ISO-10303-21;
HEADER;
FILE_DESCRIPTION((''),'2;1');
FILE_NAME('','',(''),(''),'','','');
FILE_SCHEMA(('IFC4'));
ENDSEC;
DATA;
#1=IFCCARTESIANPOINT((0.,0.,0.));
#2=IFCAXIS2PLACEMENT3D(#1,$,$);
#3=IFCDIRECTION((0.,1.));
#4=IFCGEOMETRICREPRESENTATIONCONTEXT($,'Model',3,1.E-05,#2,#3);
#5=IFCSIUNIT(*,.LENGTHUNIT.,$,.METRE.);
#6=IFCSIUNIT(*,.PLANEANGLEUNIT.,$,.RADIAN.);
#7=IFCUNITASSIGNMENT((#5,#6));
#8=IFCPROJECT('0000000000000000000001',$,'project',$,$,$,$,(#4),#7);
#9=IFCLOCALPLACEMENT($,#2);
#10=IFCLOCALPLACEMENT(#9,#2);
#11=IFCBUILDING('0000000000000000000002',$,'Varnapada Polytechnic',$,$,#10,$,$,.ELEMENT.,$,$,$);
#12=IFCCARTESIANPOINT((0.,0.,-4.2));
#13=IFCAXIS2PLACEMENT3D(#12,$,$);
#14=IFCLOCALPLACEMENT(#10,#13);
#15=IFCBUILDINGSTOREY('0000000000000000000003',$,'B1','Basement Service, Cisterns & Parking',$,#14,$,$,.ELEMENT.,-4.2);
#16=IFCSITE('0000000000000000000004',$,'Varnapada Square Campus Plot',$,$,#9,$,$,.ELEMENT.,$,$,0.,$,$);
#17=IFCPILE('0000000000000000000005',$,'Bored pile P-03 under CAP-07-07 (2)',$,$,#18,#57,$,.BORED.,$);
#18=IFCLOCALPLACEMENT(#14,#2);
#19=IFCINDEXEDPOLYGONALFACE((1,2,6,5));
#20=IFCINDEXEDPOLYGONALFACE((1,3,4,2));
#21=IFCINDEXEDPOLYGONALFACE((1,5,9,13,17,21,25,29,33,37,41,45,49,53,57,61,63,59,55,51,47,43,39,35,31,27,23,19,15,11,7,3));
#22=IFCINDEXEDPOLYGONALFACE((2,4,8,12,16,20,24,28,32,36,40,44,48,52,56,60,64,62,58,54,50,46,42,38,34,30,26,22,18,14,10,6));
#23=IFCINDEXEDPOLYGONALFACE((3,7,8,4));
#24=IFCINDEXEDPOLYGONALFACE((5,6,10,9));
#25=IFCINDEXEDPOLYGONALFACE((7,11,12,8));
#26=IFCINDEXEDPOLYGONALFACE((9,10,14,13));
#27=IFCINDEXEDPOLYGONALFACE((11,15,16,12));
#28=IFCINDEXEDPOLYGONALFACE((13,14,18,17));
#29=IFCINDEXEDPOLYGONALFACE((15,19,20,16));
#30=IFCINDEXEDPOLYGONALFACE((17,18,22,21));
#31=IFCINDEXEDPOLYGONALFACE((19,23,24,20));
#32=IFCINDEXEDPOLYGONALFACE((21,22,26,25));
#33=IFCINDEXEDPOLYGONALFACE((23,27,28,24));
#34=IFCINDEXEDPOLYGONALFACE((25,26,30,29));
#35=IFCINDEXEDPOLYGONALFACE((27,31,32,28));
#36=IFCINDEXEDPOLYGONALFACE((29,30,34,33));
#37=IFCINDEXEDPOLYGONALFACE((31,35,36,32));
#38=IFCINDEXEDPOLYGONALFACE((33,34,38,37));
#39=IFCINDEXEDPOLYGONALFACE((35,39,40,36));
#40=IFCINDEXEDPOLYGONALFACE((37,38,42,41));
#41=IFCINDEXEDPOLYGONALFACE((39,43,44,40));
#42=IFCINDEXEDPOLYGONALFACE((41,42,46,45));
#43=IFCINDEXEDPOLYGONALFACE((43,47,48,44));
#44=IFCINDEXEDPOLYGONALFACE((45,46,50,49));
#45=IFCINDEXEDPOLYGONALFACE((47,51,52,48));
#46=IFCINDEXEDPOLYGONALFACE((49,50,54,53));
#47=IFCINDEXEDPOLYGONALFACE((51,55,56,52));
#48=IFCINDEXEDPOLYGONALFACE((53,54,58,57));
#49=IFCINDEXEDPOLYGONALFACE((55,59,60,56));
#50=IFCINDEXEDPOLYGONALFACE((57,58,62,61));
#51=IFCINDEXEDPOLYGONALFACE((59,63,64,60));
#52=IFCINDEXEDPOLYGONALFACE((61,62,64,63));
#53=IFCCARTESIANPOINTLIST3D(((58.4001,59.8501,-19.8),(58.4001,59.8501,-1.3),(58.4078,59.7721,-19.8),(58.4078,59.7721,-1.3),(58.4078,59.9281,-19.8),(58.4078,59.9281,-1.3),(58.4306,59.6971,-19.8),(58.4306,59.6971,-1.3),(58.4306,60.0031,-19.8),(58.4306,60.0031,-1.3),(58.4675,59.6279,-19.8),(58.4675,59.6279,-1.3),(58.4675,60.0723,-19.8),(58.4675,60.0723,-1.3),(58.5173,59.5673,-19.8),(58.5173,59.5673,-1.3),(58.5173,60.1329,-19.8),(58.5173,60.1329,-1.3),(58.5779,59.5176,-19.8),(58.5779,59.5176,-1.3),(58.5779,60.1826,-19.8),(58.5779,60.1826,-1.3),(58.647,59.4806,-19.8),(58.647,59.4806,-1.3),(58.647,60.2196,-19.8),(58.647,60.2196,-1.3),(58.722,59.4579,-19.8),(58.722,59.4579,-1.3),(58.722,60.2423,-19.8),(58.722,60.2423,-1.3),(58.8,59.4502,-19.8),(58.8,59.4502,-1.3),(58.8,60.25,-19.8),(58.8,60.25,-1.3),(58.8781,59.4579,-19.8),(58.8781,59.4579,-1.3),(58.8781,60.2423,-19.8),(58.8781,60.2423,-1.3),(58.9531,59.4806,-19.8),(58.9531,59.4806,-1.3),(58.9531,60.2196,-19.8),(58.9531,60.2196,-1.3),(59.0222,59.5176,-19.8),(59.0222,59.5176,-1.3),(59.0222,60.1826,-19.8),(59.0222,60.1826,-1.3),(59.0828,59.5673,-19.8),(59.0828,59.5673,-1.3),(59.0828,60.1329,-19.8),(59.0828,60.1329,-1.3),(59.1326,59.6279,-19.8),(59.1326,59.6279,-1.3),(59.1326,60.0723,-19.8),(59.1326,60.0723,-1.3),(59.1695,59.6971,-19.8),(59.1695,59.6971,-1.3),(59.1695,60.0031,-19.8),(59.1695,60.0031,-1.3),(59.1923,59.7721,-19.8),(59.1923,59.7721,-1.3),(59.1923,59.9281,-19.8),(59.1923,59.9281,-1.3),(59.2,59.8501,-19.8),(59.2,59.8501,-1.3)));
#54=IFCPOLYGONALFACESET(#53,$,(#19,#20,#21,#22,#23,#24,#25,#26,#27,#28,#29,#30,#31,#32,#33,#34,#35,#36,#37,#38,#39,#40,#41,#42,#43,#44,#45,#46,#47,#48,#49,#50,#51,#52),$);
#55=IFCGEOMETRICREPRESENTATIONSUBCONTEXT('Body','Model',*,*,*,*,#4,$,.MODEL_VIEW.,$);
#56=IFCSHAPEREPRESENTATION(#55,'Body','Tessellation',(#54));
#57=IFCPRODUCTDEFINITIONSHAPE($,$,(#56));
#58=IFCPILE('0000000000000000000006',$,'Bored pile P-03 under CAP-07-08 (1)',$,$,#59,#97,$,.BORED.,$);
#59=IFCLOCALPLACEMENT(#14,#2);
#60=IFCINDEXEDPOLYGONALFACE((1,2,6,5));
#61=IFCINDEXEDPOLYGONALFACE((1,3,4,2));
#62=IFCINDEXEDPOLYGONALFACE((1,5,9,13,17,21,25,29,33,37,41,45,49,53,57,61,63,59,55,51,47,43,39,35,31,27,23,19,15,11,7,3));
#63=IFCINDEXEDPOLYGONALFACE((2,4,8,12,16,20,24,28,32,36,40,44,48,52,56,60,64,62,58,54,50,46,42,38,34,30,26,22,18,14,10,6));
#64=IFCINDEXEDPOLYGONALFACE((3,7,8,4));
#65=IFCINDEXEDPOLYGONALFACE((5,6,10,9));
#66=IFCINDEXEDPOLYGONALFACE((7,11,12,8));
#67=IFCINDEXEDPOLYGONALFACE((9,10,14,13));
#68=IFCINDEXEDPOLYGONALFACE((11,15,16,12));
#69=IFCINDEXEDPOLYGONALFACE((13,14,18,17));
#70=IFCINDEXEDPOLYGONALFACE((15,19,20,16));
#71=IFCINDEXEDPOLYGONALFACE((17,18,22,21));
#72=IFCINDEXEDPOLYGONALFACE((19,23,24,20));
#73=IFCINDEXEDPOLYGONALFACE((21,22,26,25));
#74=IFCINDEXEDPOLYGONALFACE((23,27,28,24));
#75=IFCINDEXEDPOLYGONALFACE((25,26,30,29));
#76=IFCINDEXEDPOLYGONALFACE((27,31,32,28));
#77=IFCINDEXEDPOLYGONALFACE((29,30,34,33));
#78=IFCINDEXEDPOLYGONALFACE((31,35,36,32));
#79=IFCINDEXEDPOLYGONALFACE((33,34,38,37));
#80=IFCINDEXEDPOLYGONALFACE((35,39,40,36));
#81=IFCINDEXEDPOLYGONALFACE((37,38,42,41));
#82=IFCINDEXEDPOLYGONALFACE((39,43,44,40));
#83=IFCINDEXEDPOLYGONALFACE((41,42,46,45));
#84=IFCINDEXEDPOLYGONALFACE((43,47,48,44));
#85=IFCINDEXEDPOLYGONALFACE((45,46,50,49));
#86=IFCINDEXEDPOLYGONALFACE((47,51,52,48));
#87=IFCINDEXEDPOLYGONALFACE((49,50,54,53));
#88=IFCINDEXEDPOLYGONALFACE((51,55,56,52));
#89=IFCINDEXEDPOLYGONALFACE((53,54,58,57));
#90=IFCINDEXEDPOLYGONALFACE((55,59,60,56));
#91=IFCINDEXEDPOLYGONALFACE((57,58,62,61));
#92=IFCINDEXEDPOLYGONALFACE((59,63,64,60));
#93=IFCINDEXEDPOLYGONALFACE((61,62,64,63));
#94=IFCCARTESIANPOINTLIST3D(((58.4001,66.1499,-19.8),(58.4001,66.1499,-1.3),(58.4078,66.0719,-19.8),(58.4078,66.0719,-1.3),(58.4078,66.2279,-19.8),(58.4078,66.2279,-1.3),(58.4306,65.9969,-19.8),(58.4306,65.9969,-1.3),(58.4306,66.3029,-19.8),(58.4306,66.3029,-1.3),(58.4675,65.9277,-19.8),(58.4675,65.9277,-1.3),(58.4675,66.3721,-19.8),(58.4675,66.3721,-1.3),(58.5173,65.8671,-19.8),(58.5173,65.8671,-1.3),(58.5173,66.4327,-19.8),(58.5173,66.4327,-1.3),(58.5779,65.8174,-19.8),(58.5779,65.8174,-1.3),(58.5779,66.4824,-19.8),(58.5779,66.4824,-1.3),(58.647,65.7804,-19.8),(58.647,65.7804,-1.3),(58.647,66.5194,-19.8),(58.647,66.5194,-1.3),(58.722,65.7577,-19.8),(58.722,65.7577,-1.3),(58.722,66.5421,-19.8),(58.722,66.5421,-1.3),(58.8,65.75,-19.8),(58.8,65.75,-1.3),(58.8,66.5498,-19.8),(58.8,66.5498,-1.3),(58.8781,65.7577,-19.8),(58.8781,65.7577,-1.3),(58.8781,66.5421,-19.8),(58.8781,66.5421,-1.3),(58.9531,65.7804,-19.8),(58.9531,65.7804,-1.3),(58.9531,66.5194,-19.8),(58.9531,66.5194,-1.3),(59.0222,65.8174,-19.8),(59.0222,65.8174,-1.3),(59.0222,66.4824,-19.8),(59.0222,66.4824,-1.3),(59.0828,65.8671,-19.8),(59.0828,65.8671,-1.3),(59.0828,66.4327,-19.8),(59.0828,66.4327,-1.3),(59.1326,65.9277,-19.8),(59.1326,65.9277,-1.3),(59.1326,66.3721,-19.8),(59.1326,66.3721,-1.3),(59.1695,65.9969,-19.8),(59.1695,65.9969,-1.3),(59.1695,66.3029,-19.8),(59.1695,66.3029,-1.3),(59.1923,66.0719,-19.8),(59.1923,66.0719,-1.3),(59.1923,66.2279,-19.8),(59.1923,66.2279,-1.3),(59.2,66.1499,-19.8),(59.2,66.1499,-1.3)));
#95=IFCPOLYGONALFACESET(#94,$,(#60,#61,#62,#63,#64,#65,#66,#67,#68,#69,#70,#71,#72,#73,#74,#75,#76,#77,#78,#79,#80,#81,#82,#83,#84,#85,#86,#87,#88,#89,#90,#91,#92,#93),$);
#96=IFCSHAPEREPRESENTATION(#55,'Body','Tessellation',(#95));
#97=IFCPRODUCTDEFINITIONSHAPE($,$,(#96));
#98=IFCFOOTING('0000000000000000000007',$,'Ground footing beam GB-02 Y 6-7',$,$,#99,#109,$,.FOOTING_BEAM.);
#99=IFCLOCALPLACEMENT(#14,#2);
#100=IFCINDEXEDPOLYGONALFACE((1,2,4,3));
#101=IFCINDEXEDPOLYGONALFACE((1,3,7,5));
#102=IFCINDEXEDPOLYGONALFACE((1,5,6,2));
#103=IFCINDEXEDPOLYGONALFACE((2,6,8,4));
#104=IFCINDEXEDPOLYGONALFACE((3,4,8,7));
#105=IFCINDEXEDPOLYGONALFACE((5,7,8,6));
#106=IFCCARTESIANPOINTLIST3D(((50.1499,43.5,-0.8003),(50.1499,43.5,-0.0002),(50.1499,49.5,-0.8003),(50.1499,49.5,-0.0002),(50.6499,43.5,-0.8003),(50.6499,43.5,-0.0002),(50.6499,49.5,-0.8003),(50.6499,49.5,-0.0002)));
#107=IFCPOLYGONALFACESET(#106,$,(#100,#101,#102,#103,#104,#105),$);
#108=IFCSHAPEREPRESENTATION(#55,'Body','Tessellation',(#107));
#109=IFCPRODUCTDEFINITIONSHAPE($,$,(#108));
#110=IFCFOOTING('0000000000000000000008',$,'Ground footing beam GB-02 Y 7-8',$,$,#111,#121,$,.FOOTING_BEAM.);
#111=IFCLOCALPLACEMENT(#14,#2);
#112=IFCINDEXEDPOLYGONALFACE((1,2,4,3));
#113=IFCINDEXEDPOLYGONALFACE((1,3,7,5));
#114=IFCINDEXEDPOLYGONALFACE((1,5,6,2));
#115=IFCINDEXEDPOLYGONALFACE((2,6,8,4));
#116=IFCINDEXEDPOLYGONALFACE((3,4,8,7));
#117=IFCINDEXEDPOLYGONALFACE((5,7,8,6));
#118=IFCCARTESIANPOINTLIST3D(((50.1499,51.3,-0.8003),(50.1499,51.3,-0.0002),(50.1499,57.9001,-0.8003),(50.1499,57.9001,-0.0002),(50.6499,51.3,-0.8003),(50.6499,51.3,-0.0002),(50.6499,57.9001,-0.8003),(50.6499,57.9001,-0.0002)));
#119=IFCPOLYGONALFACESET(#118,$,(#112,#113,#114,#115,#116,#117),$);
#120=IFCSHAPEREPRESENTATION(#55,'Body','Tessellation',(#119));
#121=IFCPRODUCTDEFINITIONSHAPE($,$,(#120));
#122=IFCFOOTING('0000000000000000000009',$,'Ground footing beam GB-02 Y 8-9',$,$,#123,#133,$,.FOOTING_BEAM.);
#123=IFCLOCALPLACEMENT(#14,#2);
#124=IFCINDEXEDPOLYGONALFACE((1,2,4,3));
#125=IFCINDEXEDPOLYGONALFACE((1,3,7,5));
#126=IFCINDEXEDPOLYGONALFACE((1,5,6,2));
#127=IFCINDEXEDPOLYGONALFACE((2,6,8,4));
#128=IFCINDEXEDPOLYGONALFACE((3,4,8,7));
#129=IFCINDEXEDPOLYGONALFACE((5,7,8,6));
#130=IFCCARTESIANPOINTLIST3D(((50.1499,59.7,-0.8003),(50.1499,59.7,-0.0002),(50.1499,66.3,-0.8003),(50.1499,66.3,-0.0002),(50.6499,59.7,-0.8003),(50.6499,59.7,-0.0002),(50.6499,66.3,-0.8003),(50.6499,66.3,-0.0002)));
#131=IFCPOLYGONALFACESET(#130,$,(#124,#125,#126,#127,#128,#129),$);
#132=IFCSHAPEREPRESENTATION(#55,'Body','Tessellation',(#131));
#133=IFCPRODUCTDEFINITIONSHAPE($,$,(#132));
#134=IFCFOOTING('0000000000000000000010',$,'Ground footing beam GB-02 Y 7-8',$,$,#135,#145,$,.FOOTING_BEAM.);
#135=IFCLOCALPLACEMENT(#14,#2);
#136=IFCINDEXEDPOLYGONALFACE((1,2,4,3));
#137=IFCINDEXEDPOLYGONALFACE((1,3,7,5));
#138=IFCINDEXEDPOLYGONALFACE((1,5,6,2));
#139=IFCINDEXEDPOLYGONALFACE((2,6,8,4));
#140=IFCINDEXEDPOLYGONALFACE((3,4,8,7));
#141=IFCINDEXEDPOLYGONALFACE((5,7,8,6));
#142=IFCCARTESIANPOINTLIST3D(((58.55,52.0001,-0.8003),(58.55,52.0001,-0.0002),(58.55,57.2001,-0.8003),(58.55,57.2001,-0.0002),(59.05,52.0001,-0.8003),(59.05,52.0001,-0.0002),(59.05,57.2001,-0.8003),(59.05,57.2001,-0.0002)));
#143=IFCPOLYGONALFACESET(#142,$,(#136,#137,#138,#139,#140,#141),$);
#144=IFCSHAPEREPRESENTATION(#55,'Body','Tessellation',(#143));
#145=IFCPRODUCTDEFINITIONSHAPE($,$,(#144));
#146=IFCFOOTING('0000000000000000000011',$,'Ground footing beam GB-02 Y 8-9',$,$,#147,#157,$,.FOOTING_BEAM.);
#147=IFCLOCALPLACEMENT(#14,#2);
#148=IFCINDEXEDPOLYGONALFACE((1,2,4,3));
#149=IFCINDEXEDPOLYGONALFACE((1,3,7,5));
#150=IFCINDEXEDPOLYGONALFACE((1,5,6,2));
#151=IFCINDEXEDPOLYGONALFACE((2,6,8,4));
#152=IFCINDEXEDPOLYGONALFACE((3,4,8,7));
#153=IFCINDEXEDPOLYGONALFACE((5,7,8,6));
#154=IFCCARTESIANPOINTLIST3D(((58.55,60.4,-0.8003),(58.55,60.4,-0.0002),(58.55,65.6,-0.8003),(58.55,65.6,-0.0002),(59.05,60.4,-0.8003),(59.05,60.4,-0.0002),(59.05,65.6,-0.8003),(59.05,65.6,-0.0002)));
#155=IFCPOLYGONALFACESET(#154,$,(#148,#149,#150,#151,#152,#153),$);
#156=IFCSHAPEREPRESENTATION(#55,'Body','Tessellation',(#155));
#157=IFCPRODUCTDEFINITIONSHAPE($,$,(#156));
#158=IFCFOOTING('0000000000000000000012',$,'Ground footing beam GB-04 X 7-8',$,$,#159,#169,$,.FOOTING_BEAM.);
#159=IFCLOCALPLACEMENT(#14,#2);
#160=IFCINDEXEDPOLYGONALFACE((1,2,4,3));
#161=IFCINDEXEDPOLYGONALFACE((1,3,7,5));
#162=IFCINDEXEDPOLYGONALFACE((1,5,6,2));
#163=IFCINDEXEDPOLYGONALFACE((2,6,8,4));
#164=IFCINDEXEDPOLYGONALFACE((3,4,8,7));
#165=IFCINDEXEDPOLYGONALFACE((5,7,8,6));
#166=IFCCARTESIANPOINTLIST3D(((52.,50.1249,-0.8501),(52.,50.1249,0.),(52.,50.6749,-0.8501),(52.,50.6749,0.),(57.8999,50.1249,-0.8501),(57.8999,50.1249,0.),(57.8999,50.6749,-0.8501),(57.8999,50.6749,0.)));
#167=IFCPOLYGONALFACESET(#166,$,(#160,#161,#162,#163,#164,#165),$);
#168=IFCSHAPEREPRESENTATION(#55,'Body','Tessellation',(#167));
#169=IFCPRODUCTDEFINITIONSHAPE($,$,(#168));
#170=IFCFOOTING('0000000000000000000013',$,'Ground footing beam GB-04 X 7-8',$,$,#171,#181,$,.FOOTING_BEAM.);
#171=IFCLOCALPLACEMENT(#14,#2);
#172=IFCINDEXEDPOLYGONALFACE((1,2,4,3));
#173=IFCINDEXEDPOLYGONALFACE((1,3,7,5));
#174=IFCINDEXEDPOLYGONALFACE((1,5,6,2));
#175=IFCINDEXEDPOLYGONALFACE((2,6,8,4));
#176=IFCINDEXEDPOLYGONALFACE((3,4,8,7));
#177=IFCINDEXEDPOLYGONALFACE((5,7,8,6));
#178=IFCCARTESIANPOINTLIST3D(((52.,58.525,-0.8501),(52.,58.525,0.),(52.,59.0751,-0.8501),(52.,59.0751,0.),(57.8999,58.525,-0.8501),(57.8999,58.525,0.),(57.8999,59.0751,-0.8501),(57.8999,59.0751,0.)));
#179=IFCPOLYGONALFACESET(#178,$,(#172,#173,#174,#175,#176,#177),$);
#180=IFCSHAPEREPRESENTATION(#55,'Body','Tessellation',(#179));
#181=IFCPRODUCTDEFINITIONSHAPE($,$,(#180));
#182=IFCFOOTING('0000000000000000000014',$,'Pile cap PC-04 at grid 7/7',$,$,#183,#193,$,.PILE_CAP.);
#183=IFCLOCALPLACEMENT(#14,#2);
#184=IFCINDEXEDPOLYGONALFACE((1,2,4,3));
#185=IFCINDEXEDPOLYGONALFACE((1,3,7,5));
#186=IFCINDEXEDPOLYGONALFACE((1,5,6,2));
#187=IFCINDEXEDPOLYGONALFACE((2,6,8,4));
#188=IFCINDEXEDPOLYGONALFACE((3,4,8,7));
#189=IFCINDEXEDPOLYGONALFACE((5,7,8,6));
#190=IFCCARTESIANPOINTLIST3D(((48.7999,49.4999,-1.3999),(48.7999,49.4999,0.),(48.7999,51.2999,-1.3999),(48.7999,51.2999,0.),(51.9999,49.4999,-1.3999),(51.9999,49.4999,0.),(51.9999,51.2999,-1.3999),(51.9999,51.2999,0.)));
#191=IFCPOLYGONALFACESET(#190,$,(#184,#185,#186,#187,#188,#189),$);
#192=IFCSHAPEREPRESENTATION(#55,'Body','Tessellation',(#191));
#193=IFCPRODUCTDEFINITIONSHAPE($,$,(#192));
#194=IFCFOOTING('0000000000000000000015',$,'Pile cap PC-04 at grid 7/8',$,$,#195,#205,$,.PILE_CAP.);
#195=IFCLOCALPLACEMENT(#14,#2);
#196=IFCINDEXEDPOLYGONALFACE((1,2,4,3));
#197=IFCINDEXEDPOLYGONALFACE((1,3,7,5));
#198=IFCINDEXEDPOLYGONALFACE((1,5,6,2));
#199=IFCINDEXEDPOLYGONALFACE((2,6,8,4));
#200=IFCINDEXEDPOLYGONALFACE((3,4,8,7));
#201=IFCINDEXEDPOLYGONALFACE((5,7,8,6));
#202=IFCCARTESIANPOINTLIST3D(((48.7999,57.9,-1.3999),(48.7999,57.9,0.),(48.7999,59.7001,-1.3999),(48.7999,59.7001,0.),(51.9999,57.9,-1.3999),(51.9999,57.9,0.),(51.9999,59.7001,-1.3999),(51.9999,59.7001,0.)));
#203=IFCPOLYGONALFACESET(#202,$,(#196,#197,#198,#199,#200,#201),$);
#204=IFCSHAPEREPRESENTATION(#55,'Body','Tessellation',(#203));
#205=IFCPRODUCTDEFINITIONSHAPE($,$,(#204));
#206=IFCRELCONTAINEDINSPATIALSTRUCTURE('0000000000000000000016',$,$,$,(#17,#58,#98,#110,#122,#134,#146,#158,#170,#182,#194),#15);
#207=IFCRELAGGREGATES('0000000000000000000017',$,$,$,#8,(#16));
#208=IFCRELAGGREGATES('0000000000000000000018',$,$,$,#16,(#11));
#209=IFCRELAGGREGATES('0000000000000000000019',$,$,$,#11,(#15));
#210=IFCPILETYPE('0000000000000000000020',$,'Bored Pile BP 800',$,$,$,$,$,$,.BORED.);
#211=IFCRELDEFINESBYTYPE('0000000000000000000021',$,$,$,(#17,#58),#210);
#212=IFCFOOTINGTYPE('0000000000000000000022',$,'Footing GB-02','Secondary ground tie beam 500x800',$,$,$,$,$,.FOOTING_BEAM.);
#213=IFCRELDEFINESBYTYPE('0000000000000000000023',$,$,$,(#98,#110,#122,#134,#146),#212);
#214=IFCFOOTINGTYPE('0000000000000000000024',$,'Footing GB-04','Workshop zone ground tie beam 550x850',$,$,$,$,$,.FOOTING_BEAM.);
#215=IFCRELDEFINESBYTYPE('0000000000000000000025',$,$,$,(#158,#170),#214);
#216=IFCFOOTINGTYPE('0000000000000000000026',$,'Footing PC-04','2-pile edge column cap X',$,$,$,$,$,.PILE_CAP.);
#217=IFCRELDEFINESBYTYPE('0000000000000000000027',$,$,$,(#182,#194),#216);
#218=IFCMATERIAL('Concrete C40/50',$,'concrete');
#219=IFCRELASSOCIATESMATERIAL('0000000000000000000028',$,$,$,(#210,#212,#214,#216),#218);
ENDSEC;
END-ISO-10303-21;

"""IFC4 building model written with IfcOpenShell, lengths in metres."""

from ifc_helpers import new_model, si_unit, direction, frame, origin, origin_2d, place, context, subcontext, project, spatial, rectangle, circle, extrude, material, material_profile, profile_set, type_object, element, save


model = new_model("IFC4")

# Units and contexts
model_context = context("Model", 3, precision=1e-05, world=origin(), true_north=direction((0.0, 1.0)))
body_context = subcontext(model_context, "Body", "Model", "MODEL_VIEW")
ifc_project = project(units=[si_unit("LENGTHUNIT", "METRE"), si_unit("PLANEANGLEUNIT", "RADIAN")], contexts=[model_context])

# Site, building, storey
site_placement = place(None, origin())
site = spatial("IfcSite", under=ifc_project, at=site_placement, Name="Varnapada Square Campus Plot", CompositionType="ELEMENT", RefElevation=0.0)
building_placement = place(site_placement, origin())
building = spatial("IfcBuilding", under=site, at=building_placement, Name="Varnapada Polytechnic", CompositionType="ELEMENT")
storey_placement = place(building_placement, frame((0.0, 0.0, -4.2)))
storey = spatial("IfcBuildingStorey", under=building, at=storey_placement, Name="B1", Description="Basement Service, Cisterns & Parking", CompositionType="ELEMENT", Elevation=-4.2)

# Piles
ifc_material_1 = material(Name="Concrete C40/50", Category="concrete")
ifc_material_profile_1 = material_profile(ifc_material_1, circle(Radius=0.3999, at=origin_2d()), Name="BP 800")
ifc_profile_set_1 = profile_set([ifc_material_profile_1], Name="Concrete C40/50")
pile_type = type_object("IfcPileType", Name="Bored Pile BP 800", PredefinedType="BORED", material=ifc_profile_set_1)
for number, where, z_axis, x_axis, name in (
    (1, (58.8, 59.8501, -1.3), (0.0, 0.0, -1.0), (1.0, 0.0, 0.0), "Bored pile P-03 under CAP-07-07 (2)"),
    (2, (58.8, 66.1499, -1.3), (0.0, 0.0, -1.0), (1.0, 0.0, 0.0), "Bored pile P-03 under CAP-07-08 (1)"),
):
    element("IfcPile", number, at=place(storey_placement, frame(where, z_axis=z_axis, x_axis=x_axis)), inside=storey, type_object=pile_type, Name=name, PredefinedType="BORED", context=body_context, shape_type="SweptSolid", body=[
        extrude(circle(Radius=0.3999, at=origin_2d()), origin(), (0.0, 0.0, 1.0), 18.5),
    ])

# Footings
footing_type_1 = type_object("IfcFootingType", Name="Footing GB-02", Description="Secondary ground tie beam 500x800", PredefinedType="FOOTING_BEAM", material=ifc_material_1)
footing_placement = place(storey_placement, frame((50.3999, 46.5, -0.8003), z_axis=(0.0, 0.0, 1.0), x_axis=(0.0, 1.0, 0.0)))
element("IfcFooting", 3, at=footing_placement, inside=storey, type_object=footing_type_1, Name="Ground footing beam GB-02 Y 6-7", PredefinedType="FOOTING_BEAM", context=body_context, shape_type="SweptSolid", body=[
    extrude(rectangle(XDim=6.0, YDim=0.5, at=origin_2d()), origin(), (0.0, 0.0, 1.0), 0.8),
])
for number, where, z_axis, x_axis, name in (
    (4, (50.3999, 54.6001, -0.8003), (0.0, 0.0, 1.0), (0.0, 1.0, 0.0), "Ground footing beam GB-02 Y 7-8"),
    (5, (50.3999, 63.0, -0.8003), (0.0, 0.0, 1.0), (0.0, 1.0, 0.0), "Ground footing beam GB-02 Y 8-9"),
):
    element("IfcFooting", number, at=place(storey_placement, frame(where, z_axis=z_axis, x_axis=x_axis)), inside=storey, type_object=footing_type_1, Name=name, PredefinedType="FOOTING_BEAM", context=body_context, shape_type="SweptSolid", body=[
        extrude(rectangle(XDim=6.6001, YDim=0.5, at=origin_2d()), origin(), (0.0, 0.0, 1.0), 0.8),
    ])
for number, where, z_axis, x_axis, name in (
    (6, (58.8, 54.6001, -0.8003), (0.0, 0.0, 1.0), (0.0, 1.0, 0.0), "Ground footing beam GB-02 Y 7-8"),
    (7, (58.8, 63.0, -0.8003), (0.0, 0.0, 1.0), (0.0, 1.0, 0.0), "Ground footing beam GB-02 Y 8-9"),
):
    element("IfcFooting", number, at=place(storey_placement, frame(where, z_axis=z_axis, x_axis=x_axis)), inside=storey, type_object=footing_type_1, Name=name, PredefinedType="FOOTING_BEAM", context=body_context, shape_type="SweptSolid", body=[
        extrude(rectangle(XDim=5.2, YDim=0.5, at=origin_2d()), origin(), (0.0, 0.0, 1.0), 0.8),
    ])
footing_type_2 = type_object("IfcFootingType", Name="Footing GB-04", Description="Workshop zone ground tie beam 550x850", PredefinedType="FOOTING_BEAM", material=ifc_material_1)
for number, where, z_axis, x_axis, name in (
    (8, (54.95, 50.3999, -0.8501), (0.0, 0.0, 1.0), (1.0, 0.0, 0.0), "Ground footing beam GB-04 X 7-8"),
    (9, (54.95, 58.8, -0.8501), (0.0, 0.0, 1.0), (1.0, 0.0, 0.0), "Ground footing beam GB-04 X 7-8"),
):
    element("IfcFooting", number, at=place(storey_placement, frame(where, z_axis=z_axis, x_axis=x_axis)), inside=storey, type_object=footing_type_2, Name=name, PredefinedType="FOOTING_BEAM", context=body_context, shape_type="SweptSolid", body=[
        extrude(rectangle(XDim=5.8999, YDim=0.55, at=origin_2d()), origin(), (0.0, 0.0, 1.0), 0.8501),
    ])
footing_type_3 = type_object("IfcFootingType", Name="Footing PC-04", Description="2-pile edge column cap X", PredefinedType="PILE_CAP", material=ifc_material_1)
for number, where, z_axis, x_axis, name in (
    (10, (50.3999, 50.3999, -1.3999), (0.0, 0.0, 1.0), (1.0, 0.0, 0.0), "Pile cap PC-04 at grid 7/7"),
    (11, (50.3999, 58.8, -1.3999), (0.0, 0.0, 1.0), (1.0, 0.0, 0.0), "Pile cap PC-04 at grid 7/8"),
):
    element("IfcFooting", number, at=place(storey_placement, frame(where, z_axis=z_axis, x_axis=x_axis)), inside=storey, type_object=footing_type_3, Name=name, PredefinedType="PILE_CAP", context=body_context, shape_type="SweptSolid", body=[
        extrude(rectangle(XDim=3.2, YDim=1.8, at=origin_2d()), origin(), (0.0, 0.0, 1.0), 1.3999),
    ])

save(model, "model.ifc")
